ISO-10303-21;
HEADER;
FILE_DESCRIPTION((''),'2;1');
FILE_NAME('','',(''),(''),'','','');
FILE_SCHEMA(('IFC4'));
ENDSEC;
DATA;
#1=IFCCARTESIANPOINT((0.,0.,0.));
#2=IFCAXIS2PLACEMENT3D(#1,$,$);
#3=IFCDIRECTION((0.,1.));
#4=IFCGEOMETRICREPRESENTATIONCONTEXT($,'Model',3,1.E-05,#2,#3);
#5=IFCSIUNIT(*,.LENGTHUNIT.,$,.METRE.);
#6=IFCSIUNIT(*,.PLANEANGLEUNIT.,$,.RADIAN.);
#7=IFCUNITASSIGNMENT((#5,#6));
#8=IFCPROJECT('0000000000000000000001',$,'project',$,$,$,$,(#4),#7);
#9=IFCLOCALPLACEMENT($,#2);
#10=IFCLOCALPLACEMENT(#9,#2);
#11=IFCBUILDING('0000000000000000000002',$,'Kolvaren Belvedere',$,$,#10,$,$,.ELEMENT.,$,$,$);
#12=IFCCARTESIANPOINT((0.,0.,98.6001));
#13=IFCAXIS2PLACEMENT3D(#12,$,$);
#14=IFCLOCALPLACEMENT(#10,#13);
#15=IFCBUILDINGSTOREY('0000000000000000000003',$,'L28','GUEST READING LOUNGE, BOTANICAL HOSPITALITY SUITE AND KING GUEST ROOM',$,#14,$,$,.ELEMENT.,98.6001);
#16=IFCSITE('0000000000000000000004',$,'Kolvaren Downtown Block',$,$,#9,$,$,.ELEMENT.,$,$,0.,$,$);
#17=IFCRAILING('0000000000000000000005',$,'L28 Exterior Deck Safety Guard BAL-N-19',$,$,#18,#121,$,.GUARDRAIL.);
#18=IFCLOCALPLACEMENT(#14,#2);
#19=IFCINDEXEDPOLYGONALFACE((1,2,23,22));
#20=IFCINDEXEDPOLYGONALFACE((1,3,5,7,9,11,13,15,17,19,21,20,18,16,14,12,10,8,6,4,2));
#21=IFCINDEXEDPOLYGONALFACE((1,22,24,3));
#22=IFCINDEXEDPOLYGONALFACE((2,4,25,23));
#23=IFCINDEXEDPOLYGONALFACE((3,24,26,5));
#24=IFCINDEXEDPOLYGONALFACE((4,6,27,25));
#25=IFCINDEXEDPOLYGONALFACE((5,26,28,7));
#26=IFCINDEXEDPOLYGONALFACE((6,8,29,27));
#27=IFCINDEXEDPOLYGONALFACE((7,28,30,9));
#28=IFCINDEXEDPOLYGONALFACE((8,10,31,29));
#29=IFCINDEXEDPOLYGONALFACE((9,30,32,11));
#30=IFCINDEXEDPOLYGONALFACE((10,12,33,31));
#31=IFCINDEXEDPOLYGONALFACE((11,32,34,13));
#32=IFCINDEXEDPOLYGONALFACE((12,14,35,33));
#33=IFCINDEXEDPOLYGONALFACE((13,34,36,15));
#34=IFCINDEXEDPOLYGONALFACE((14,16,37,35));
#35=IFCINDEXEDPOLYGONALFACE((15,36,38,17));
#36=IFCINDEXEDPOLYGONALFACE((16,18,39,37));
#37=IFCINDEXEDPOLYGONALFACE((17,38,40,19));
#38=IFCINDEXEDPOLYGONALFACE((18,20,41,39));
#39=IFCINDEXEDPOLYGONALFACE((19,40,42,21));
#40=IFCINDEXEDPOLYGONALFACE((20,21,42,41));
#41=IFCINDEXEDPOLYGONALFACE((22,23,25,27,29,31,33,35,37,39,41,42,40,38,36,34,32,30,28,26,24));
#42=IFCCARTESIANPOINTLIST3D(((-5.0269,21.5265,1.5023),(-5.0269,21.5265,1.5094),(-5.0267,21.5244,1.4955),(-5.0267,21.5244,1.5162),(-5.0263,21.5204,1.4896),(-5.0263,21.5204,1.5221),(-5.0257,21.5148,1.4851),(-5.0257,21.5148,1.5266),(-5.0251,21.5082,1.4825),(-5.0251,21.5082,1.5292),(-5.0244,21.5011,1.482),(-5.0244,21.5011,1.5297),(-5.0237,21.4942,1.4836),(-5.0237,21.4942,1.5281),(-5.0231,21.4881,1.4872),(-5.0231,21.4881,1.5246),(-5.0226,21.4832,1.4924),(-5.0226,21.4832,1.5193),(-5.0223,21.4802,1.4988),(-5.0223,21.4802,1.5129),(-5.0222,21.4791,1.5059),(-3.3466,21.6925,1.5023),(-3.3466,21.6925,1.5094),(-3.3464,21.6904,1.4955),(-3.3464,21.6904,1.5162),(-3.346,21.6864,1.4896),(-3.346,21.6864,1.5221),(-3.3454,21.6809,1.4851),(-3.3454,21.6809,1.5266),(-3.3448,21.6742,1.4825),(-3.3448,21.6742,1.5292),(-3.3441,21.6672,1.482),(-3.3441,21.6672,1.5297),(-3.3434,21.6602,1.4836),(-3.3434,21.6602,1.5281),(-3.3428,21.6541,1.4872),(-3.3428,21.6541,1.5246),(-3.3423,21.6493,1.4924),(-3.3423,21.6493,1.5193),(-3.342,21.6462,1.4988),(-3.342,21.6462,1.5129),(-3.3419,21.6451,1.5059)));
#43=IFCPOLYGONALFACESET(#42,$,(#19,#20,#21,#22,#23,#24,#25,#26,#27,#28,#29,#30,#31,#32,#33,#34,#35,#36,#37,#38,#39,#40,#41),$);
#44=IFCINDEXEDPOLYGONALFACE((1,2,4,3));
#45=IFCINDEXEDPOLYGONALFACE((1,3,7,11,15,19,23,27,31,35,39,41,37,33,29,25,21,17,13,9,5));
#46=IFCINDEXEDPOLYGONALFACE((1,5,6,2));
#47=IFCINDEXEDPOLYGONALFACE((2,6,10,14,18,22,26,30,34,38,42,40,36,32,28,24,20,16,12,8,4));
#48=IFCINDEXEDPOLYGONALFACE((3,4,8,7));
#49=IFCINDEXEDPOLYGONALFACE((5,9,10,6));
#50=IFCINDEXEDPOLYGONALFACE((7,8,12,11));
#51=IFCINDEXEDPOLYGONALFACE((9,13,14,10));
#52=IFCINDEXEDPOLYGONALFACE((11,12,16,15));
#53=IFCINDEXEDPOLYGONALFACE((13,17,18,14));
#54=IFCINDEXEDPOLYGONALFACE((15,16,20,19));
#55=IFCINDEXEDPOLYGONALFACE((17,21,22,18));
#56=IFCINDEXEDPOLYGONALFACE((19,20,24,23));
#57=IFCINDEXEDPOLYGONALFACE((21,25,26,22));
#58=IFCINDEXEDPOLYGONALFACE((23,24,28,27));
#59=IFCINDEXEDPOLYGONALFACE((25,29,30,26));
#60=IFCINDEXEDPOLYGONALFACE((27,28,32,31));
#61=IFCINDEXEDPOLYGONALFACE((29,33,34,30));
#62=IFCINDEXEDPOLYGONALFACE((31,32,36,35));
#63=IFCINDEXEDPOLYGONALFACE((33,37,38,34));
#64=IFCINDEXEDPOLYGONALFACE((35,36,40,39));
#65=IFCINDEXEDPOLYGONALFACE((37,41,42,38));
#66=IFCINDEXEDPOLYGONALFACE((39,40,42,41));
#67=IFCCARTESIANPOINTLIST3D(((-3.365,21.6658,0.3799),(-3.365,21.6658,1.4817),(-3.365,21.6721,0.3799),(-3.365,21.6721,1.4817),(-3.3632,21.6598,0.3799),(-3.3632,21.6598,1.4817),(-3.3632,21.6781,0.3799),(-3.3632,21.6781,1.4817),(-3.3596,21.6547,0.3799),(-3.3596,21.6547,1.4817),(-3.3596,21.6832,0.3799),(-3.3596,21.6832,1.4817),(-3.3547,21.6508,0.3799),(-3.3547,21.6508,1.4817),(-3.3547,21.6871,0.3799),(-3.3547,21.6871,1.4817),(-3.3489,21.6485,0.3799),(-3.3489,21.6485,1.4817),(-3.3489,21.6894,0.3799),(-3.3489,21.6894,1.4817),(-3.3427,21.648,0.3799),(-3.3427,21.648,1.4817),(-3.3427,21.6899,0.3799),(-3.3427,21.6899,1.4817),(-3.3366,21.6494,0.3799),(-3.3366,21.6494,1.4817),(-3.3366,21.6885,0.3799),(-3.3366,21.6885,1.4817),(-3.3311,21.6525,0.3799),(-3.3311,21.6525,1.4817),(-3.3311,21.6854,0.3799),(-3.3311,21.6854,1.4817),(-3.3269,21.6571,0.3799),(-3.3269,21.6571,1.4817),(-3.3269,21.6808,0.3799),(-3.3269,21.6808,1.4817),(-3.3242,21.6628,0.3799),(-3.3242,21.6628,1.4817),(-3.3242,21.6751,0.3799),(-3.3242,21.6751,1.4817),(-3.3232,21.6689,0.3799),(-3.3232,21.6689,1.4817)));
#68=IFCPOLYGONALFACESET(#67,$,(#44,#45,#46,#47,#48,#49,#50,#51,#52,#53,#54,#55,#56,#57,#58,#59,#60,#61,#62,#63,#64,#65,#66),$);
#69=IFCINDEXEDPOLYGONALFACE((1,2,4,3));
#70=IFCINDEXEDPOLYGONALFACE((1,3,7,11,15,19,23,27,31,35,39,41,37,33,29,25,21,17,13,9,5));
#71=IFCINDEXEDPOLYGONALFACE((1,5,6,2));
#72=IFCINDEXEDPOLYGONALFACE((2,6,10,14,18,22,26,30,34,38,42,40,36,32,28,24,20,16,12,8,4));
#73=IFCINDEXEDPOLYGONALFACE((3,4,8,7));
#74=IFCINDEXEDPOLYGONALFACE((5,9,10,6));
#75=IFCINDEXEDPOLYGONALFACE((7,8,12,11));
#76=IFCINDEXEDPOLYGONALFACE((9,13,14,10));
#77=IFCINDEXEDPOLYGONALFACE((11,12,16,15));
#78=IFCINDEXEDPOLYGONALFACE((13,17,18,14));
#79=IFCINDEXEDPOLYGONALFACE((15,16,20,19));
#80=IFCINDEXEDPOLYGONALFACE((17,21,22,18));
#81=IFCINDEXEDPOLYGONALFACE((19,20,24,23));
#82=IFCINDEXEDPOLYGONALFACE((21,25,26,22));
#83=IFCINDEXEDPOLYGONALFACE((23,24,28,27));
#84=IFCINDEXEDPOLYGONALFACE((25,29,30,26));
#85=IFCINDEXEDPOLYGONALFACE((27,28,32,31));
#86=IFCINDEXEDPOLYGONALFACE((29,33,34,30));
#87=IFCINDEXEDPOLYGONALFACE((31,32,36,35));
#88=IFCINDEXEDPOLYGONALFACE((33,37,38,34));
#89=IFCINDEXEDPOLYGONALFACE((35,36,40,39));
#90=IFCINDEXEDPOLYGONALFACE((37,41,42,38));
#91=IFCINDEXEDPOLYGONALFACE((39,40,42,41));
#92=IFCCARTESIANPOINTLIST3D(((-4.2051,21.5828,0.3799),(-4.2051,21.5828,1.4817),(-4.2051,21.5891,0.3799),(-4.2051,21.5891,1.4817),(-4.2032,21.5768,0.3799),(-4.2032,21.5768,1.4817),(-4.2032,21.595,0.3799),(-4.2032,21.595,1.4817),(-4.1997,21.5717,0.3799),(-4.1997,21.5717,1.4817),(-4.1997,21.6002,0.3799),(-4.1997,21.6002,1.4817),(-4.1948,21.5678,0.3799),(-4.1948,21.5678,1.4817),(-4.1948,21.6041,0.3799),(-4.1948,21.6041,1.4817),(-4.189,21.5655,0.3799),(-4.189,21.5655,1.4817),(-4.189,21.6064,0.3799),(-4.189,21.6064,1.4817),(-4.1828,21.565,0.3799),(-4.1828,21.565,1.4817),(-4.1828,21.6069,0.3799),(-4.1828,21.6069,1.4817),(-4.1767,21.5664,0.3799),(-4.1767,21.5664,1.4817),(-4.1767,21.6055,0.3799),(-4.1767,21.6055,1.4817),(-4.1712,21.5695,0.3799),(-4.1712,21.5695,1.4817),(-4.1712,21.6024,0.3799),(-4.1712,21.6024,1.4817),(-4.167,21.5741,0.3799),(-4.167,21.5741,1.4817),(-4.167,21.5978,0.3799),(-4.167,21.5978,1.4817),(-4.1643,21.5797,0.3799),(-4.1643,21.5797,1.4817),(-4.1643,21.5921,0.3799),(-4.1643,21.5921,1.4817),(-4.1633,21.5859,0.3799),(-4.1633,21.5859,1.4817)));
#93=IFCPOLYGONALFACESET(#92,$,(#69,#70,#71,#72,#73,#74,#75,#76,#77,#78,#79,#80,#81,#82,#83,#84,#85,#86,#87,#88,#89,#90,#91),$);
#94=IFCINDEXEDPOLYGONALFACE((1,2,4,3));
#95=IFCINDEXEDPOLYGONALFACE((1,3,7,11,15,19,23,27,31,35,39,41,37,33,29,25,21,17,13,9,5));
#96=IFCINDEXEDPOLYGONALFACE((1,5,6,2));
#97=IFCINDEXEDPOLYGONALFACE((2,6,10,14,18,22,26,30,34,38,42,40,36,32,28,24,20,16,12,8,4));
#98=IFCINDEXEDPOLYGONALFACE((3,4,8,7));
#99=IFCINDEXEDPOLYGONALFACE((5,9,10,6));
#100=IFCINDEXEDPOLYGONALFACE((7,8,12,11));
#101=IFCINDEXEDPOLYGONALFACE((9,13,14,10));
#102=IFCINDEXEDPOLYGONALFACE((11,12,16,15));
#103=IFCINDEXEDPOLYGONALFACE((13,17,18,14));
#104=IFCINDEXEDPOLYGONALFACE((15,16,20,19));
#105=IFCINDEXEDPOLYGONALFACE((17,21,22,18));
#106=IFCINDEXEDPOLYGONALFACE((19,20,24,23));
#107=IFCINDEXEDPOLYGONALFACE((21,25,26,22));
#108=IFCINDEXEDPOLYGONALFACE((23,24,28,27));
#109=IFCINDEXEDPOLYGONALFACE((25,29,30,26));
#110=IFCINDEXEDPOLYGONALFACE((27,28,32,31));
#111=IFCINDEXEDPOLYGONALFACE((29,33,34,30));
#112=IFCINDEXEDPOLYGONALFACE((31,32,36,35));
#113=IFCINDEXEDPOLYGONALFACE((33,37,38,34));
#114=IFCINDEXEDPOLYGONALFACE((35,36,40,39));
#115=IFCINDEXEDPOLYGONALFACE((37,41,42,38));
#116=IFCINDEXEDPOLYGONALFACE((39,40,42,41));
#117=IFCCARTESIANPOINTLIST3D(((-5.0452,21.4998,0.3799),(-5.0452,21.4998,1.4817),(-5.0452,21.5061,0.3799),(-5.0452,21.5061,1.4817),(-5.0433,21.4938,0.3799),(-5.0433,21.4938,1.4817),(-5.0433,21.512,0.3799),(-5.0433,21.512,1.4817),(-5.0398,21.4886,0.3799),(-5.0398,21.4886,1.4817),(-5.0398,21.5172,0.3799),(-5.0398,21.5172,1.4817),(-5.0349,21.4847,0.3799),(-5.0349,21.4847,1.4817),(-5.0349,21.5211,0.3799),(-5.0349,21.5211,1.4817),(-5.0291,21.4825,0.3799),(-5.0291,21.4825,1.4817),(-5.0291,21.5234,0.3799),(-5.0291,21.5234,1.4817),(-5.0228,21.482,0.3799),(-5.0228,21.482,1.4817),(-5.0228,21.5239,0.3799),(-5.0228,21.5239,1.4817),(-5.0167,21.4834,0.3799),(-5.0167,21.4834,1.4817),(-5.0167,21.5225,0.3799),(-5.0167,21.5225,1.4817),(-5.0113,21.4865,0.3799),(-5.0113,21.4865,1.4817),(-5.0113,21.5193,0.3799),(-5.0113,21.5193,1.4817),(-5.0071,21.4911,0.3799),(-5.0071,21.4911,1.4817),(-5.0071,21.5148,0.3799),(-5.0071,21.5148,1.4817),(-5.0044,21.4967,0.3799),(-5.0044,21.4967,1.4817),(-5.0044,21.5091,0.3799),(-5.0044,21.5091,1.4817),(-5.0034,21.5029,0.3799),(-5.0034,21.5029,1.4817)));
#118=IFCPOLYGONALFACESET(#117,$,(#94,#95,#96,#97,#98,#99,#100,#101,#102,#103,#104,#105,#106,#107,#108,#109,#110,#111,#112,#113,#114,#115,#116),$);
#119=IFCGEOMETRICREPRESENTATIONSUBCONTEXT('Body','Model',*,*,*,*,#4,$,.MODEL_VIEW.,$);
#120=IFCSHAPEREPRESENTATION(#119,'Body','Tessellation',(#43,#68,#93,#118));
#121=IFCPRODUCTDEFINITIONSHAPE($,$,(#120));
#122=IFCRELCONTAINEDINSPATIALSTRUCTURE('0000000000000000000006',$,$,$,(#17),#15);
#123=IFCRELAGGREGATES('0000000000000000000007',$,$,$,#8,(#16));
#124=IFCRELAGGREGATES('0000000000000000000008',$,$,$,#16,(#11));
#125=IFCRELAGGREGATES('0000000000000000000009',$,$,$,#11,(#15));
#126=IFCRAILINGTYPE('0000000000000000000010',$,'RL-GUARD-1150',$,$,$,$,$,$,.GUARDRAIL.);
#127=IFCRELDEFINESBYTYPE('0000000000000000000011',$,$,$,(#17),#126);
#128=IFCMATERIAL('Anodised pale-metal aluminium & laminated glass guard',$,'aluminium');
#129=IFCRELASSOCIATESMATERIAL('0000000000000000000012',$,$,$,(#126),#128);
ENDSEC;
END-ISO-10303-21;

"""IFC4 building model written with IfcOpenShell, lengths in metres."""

from ifc_helpers import new_model, si_unit, direction, frame, origin, origin_2d, place, context, subcontext, project, spatial, circle, extrude, material, type_object, element, save


model = new_model("IFC4")

# Units and contexts
model_context = context("Model", 3, precision=1e-05, world=origin(), true_north=direction((0.0, 1.0)))
body_context = subcontext(model_context, "Body", "Model", "MODEL_VIEW")
ifc_project = project(units=[si_unit("LENGTHUNIT", "METRE"), si_unit("PLANEANGLEUNIT", "RADIAN")], contexts=[model_context])

# Site, building, storey
site_placement = place(None, origin())
site = spatial("IfcSite", under=ifc_project, at=site_placement, Name="Kolvaren Downtown Block", CompositionType="ELEMENT", RefElevation=0.0)
building_placement = place(site_placement, origin())
building = spatial("IfcBuilding", under=site, at=building_placement, Name="Kolvaren Belvedere", CompositionType="ELEMENT")
storey_placement = place(building_placement, frame((0.0, 0.0, 98.6001)))
storey = spatial("IfcBuildingStorey", under=building, at=storey_placement, Name="L28", Description="GUEST READING LOUNGE, BOTANICAL HOSPITALITY SUITE AND KING GUEST ROOM", CompositionType="ELEMENT", Elevation=98.6001)

# Railing
ifc_material_1 = material(Name="Anodised pale-metal aluminium & laminated glass guard", Category="aluminium")
railing_type = type_object("IfcRailingType", Name="RL-GUARD-1150", PredefinedType="GUARDRAIL", material=ifc_material_1)
railing_1_placement = place(storey_placement, frame((-3.3442, 21.6689, 0.3799)))
element("IfcRailing", 1, at=railing_1_placement, inside=storey, type_object=railing_type, Name="L28 Exterior Deck Safety Guard BAL-N-19", PredefinedType="GUARDRAIL", context=body_context, shape_type="SweptSolid", body=[
    extrude(circle(Radius=0.0239, at=origin_2d()), frame((0.0, 0.0, 1.126), z_axis=(-0.995154, -0.09833, 0.0), x_axis=(0.09833, -0.995154, 0.0)), (0.0, 0.0, 1.0), 1.6885),
    extrude(circle(Radius=0.021, at=origin_2d()), origin(), (0.0, 0.0, 1.0), 1.1018),
    extrude(circle(Radius=0.021, at=origin_2d()), frame((-0.8401, -0.083, 0.0)), (0.0, 0.0, 1.0), 1.1018),
    extrude(circle(Radius=0.021, at=origin_2d()), frame((-1.6802, -0.166, 0.0)), (0.0, 0.0, 1.0), 1.1018),
])

save(model, "model.ifc")
